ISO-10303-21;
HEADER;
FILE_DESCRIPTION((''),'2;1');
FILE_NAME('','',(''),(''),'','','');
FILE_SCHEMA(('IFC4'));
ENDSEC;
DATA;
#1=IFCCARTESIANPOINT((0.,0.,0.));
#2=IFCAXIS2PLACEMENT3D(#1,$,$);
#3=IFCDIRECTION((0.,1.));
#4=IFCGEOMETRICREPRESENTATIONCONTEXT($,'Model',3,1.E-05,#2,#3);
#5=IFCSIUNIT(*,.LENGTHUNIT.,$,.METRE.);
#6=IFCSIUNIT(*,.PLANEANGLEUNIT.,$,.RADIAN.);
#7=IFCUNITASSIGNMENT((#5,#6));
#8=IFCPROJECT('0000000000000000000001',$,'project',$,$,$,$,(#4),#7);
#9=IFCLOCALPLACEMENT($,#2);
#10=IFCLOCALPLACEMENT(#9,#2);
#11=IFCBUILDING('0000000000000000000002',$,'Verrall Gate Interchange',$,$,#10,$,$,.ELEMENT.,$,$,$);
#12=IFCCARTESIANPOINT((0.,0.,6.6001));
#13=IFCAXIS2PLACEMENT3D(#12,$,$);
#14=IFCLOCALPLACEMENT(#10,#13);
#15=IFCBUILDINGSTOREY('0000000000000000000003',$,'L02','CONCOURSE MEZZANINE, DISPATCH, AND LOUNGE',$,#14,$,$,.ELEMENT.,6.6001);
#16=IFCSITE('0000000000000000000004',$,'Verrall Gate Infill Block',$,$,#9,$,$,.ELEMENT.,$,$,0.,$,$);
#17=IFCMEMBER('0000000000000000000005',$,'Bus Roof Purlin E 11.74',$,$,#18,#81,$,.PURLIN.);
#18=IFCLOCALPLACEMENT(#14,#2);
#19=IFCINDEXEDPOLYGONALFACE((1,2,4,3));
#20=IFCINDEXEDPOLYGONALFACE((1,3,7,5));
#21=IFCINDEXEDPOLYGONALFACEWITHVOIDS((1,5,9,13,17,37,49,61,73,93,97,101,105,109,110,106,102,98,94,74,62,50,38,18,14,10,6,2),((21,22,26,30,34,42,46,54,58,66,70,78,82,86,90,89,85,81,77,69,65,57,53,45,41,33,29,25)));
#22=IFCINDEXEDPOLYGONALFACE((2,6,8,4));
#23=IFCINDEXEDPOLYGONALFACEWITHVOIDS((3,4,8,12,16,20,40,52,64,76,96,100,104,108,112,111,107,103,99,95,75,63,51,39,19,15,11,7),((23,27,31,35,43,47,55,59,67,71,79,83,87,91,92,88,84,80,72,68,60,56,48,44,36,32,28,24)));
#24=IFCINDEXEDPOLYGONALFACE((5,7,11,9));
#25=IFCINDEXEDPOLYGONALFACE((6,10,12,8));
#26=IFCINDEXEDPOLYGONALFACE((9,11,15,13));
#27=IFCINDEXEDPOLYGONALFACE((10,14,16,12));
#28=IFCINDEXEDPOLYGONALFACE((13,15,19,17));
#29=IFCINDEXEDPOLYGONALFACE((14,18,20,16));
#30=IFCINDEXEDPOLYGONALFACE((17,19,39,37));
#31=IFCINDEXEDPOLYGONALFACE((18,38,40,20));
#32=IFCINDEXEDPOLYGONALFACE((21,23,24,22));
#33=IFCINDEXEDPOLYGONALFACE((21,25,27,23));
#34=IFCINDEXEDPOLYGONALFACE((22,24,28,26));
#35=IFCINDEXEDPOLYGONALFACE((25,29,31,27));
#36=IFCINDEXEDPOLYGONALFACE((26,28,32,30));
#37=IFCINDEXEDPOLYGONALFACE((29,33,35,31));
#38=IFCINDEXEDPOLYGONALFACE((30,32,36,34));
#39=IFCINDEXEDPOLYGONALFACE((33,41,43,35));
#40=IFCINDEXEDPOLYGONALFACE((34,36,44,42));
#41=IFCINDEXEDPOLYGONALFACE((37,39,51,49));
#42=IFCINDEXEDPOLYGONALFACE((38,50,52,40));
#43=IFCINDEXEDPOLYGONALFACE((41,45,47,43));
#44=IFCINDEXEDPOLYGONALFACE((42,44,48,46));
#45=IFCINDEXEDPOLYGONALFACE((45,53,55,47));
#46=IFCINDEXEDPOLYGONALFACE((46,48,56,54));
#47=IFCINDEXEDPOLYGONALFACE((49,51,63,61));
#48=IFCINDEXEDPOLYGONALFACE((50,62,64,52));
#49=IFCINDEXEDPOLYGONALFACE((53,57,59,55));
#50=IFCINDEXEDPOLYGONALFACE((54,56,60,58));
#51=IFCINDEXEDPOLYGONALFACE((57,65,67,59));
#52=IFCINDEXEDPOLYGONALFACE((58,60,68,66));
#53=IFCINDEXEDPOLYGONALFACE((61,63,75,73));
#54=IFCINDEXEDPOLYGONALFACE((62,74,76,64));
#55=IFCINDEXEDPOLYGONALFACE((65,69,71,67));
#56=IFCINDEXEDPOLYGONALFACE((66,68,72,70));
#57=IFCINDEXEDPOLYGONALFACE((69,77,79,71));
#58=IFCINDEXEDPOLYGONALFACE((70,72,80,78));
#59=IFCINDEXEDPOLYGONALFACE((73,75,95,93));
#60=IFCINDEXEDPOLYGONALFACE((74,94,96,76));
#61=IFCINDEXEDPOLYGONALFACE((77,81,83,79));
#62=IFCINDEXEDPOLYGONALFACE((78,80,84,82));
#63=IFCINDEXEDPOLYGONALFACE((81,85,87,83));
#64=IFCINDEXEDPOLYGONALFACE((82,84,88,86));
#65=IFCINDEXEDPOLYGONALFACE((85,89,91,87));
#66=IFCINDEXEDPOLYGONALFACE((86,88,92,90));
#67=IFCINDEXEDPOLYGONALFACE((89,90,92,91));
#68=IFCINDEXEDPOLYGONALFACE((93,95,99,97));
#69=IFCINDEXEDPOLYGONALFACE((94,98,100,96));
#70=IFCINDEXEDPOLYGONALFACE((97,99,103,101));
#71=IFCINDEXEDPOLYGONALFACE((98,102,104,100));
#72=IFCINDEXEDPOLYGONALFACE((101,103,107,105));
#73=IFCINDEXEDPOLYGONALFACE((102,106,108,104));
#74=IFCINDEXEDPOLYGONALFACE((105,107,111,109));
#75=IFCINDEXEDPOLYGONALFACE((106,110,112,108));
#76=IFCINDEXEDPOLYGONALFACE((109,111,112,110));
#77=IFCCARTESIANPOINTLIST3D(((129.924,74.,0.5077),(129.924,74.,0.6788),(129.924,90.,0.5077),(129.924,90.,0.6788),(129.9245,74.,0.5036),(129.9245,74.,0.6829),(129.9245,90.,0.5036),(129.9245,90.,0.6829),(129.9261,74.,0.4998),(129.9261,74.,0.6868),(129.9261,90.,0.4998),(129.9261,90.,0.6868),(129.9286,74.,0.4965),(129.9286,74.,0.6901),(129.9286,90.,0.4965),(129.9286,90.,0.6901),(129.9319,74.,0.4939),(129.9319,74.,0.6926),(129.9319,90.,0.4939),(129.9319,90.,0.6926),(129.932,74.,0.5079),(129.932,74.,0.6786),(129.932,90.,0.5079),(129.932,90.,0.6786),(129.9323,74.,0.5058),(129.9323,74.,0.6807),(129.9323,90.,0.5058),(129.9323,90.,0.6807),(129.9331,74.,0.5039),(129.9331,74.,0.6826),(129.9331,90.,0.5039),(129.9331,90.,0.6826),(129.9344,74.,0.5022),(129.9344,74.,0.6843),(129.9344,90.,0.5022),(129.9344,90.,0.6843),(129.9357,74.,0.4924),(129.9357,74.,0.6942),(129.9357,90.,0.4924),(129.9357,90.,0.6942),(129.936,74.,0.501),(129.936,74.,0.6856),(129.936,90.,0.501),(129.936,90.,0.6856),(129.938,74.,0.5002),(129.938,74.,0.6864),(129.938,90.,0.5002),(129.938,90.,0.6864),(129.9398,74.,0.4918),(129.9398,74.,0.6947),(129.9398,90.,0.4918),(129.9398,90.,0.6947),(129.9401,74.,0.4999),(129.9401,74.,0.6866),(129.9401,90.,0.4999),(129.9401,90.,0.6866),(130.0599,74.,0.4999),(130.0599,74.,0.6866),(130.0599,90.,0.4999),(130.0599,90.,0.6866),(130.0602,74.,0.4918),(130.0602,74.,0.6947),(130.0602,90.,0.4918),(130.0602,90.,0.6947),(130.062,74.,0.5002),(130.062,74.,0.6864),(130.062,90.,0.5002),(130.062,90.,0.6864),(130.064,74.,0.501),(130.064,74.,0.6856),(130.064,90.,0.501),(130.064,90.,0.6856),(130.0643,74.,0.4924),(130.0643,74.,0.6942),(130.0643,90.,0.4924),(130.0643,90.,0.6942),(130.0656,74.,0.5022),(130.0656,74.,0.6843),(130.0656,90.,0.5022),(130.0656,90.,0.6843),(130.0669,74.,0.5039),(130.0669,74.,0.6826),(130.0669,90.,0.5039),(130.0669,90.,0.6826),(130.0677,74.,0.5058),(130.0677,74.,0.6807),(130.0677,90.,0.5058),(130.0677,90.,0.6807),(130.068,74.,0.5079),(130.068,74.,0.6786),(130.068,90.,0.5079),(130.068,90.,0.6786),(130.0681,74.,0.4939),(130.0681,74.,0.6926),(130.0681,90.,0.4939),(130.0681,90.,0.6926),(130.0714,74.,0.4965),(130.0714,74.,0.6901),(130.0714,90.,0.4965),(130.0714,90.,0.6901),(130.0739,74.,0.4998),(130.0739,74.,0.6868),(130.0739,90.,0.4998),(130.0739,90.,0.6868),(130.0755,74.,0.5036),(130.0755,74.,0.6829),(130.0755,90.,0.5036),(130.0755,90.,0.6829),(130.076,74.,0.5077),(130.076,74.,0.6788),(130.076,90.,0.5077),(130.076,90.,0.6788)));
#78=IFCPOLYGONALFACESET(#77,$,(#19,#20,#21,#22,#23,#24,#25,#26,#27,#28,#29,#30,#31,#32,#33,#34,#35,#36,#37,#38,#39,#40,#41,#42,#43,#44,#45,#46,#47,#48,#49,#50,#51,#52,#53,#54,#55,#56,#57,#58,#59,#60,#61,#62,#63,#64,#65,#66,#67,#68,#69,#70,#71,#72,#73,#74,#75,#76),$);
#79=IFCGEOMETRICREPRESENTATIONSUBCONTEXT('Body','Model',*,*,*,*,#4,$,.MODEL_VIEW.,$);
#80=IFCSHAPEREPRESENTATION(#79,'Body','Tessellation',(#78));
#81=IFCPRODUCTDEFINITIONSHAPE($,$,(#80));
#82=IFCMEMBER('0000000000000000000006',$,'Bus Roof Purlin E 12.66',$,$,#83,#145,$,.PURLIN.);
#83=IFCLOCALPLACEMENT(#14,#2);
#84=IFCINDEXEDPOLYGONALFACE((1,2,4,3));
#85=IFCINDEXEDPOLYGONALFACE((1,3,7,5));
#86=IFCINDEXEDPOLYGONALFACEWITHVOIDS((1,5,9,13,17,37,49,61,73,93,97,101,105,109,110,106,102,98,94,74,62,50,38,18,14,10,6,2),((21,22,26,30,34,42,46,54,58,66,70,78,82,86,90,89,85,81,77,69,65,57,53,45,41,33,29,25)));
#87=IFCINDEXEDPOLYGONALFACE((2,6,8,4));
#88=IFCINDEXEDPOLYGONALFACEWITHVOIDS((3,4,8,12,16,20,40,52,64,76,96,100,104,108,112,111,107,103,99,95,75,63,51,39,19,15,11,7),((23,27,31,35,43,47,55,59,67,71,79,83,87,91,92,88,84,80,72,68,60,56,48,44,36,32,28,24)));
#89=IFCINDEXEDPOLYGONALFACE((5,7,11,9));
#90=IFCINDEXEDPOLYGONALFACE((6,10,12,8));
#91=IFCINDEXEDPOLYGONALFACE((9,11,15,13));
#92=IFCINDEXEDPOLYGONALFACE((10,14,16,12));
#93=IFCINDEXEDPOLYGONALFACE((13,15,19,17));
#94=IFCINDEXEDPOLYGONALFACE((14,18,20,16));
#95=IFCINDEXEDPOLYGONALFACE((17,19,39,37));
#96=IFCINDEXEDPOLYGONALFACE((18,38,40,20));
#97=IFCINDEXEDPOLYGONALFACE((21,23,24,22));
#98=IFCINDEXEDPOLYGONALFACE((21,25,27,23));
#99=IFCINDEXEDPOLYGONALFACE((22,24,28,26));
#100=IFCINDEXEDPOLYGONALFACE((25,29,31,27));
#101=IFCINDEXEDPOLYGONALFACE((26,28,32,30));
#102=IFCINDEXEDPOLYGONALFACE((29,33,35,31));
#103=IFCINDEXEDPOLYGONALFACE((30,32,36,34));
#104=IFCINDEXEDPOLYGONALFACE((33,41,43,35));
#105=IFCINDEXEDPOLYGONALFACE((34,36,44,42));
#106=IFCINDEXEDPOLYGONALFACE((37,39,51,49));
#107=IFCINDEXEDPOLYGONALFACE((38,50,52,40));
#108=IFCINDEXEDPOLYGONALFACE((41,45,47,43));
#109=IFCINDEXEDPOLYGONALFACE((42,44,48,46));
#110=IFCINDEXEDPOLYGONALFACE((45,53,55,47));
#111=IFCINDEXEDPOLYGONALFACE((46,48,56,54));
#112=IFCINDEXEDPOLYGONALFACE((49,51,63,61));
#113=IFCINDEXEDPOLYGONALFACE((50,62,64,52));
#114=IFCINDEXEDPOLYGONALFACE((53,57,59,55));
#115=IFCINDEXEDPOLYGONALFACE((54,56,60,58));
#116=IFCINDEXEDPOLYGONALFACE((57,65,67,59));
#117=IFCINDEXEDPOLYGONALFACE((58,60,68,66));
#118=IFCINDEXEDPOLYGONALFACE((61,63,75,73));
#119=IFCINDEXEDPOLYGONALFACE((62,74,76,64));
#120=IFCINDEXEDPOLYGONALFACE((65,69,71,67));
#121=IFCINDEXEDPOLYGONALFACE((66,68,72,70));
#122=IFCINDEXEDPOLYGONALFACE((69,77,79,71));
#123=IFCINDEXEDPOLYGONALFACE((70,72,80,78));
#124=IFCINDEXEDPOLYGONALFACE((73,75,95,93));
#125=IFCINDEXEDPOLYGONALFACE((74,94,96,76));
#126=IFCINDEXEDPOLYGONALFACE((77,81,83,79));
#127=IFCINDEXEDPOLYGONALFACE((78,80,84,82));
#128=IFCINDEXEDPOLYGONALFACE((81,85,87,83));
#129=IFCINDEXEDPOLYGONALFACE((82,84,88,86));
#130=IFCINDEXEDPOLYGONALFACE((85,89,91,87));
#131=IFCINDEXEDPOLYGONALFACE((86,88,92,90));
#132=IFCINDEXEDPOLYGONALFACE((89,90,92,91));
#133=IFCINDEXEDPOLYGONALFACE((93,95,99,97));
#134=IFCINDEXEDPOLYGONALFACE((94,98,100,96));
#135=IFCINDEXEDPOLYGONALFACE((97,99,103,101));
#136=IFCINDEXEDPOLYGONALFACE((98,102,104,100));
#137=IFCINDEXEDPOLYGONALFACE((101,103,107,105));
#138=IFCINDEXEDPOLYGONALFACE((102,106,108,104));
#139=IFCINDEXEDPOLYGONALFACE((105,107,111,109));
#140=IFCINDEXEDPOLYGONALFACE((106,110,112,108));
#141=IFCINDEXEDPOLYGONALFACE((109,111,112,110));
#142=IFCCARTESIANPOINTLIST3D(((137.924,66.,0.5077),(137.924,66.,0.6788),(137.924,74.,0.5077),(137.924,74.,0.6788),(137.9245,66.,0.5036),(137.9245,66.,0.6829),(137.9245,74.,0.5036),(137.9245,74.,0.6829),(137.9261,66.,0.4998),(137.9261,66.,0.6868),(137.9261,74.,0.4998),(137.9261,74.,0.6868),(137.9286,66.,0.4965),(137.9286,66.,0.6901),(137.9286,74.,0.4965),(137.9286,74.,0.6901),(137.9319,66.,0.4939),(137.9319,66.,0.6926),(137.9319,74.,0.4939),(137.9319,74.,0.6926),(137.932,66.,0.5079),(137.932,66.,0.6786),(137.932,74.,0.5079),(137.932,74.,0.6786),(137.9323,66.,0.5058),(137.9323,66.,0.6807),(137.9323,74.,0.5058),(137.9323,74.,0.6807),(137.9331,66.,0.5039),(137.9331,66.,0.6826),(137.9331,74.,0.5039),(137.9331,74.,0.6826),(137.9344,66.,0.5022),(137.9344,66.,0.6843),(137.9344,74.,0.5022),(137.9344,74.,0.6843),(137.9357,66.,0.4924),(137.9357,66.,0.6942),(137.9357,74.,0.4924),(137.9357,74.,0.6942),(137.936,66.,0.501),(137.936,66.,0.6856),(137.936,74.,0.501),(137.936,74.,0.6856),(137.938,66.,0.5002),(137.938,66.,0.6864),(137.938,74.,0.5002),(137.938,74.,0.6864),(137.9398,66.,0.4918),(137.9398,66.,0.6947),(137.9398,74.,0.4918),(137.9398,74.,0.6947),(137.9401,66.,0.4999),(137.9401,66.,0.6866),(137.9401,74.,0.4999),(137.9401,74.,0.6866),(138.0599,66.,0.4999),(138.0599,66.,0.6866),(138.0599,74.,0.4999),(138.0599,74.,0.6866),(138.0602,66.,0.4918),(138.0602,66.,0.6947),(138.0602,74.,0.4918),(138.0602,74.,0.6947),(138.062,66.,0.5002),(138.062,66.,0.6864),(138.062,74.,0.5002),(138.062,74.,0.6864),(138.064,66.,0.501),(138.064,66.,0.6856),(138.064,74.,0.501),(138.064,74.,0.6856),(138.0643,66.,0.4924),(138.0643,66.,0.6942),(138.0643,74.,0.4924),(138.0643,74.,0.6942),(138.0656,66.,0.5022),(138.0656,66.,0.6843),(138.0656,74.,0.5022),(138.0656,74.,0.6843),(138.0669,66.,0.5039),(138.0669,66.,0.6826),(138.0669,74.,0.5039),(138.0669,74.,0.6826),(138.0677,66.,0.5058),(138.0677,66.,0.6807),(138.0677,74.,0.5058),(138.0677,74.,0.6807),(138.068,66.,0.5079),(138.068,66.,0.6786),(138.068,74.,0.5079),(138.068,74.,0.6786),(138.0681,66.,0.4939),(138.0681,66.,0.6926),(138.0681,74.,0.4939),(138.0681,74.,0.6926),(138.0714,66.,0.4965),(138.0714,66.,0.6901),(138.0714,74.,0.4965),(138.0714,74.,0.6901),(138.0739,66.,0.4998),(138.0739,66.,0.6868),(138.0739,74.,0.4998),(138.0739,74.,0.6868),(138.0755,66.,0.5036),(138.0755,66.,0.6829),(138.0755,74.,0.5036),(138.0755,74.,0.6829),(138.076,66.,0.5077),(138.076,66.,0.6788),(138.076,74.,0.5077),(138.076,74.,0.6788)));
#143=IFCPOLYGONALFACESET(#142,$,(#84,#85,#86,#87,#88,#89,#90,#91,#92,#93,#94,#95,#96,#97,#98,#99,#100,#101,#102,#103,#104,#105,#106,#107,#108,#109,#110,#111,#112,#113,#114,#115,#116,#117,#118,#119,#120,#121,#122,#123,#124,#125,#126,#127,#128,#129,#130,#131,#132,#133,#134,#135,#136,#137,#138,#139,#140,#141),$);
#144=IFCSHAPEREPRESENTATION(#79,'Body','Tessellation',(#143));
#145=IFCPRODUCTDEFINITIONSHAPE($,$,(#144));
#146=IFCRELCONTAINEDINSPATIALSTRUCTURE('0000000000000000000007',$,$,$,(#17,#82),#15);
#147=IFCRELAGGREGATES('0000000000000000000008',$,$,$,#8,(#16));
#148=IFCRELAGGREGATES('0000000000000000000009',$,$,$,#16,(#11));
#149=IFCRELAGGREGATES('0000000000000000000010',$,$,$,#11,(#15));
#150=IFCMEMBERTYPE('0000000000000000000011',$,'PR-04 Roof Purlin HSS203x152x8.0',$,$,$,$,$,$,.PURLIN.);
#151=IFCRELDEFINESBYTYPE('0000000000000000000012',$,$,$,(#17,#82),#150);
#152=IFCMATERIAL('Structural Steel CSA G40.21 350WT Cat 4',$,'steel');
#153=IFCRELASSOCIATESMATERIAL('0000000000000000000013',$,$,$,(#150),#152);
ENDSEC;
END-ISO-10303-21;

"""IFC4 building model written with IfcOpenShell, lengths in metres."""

from ifc_helpers import new_model, si_unit, direction, frame, origin, origin_2d, place, context, subcontext, project, spatial, hollow_rectangle, extrude, material, material_profile, profile_set, type_object, element, save


model = new_model("IFC4")

# Units and contexts
model_context = context("Model", 3, precision=1e-05, world=origin(), true_north=direction((0.0, 1.0)))
body_context = subcontext(model_context, "Body", "Model", "MODEL_VIEW")
ifc_project = project(units=[si_unit("LENGTHUNIT", "METRE"), si_unit("PLANEANGLEUNIT", "RADIAN")], contexts=[model_context])

# Site, building, storey
site_placement = place(None, origin())
site = spatial("IfcSite", under=ifc_project, at=site_placement, Name="Verrall Gate Infill Block", CompositionType="ELEMENT", RefElevation=0.0)
building_placement = place(site_placement, origin())
building = spatial("IfcBuilding", under=site, at=building_placement, Name="Verrall Gate Interchange", CompositionType="ELEMENT")
storey_placement = place(building_placement, frame((0.0, 0.0, 6.6001)))
storey = spatial("IfcBuildingStorey", under=building, at=storey_placement, Name="L02", Description="CONCOURSE MEZZANINE, DISPATCH, AND LOUNGE", CompositionType="ELEMENT", Elevation=6.6001)

# Members
ifc_material_1 = material(Name="Structural Steel CSA G40.21 350WT Cat 4", Category="steel")
ifc_material_profile_1 = material_profile(ifc_material_1, hollow_rectangle(XDim=0.1521, YDim=0.2029, WallThickness=0.0081, InnerFilletRadius=0.0081, OuterFilletRadius=0.0159, at=origin_2d()), Name="HSS203x152x8.0")
ifc_profile_set_1 = profile_set([ifc_material_profile_1], Name="Structural Steel CSA G40.21 350WT Cat 4")
member_type_1 = type_object("IfcMemberType", Name="PR-04 Roof Purlin HSS203x152x8.0", PredefinedType="PURLIN", material=ifc_profile_set_1)
member_1_placement = place(storey_placement, frame((130.0, 74.0, 0.5933), z_axis=(0.0, 1.0, 0.0), x_axis=(-1.0, 0.0, 0.0)))
element("IfcMember", 1, at=member_1_placement, inside=storey, type_object=member_type_1, Name="Bus Roof Purlin E 11.74", PredefinedType="PURLIN", context=body_context, shape_type="SweptSolid", body=[
    extrude(hollow_rectangle(XDim=0.1521, YDim=0.2029, WallThickness=0.0081, InnerFilletRadius=0.0081, OuterFilletRadius=0.0159, at=origin_2d()), origin(), (0.0, 0.0, 1.0), 16.0),
])
member_2_placement = place(storey_placement, frame((138.0, 66.0, 0.5933), z_axis=(0.0, 1.0, 0.0), x_axis=(-1.0, 0.0, 0.0)))
element("IfcMember", 2, at=member_2_placement, inside=storey, type_object=member_type_1, Name="Bus Roof Purlin E 12.66", PredefinedType="PURLIN", context=body_context, shape_type="SweptSolid", body=[
    extrude(hollow_rectangle(XDim=0.1521, YDim=0.2029, WallThickness=0.0081, InnerFilletRadius=0.0081, OuterFilletRadius=0.0159, at=origin_2d()), origin(), (0.0, 0.0, 1.0), 8.0),
])

save(model, "model.ifc")
